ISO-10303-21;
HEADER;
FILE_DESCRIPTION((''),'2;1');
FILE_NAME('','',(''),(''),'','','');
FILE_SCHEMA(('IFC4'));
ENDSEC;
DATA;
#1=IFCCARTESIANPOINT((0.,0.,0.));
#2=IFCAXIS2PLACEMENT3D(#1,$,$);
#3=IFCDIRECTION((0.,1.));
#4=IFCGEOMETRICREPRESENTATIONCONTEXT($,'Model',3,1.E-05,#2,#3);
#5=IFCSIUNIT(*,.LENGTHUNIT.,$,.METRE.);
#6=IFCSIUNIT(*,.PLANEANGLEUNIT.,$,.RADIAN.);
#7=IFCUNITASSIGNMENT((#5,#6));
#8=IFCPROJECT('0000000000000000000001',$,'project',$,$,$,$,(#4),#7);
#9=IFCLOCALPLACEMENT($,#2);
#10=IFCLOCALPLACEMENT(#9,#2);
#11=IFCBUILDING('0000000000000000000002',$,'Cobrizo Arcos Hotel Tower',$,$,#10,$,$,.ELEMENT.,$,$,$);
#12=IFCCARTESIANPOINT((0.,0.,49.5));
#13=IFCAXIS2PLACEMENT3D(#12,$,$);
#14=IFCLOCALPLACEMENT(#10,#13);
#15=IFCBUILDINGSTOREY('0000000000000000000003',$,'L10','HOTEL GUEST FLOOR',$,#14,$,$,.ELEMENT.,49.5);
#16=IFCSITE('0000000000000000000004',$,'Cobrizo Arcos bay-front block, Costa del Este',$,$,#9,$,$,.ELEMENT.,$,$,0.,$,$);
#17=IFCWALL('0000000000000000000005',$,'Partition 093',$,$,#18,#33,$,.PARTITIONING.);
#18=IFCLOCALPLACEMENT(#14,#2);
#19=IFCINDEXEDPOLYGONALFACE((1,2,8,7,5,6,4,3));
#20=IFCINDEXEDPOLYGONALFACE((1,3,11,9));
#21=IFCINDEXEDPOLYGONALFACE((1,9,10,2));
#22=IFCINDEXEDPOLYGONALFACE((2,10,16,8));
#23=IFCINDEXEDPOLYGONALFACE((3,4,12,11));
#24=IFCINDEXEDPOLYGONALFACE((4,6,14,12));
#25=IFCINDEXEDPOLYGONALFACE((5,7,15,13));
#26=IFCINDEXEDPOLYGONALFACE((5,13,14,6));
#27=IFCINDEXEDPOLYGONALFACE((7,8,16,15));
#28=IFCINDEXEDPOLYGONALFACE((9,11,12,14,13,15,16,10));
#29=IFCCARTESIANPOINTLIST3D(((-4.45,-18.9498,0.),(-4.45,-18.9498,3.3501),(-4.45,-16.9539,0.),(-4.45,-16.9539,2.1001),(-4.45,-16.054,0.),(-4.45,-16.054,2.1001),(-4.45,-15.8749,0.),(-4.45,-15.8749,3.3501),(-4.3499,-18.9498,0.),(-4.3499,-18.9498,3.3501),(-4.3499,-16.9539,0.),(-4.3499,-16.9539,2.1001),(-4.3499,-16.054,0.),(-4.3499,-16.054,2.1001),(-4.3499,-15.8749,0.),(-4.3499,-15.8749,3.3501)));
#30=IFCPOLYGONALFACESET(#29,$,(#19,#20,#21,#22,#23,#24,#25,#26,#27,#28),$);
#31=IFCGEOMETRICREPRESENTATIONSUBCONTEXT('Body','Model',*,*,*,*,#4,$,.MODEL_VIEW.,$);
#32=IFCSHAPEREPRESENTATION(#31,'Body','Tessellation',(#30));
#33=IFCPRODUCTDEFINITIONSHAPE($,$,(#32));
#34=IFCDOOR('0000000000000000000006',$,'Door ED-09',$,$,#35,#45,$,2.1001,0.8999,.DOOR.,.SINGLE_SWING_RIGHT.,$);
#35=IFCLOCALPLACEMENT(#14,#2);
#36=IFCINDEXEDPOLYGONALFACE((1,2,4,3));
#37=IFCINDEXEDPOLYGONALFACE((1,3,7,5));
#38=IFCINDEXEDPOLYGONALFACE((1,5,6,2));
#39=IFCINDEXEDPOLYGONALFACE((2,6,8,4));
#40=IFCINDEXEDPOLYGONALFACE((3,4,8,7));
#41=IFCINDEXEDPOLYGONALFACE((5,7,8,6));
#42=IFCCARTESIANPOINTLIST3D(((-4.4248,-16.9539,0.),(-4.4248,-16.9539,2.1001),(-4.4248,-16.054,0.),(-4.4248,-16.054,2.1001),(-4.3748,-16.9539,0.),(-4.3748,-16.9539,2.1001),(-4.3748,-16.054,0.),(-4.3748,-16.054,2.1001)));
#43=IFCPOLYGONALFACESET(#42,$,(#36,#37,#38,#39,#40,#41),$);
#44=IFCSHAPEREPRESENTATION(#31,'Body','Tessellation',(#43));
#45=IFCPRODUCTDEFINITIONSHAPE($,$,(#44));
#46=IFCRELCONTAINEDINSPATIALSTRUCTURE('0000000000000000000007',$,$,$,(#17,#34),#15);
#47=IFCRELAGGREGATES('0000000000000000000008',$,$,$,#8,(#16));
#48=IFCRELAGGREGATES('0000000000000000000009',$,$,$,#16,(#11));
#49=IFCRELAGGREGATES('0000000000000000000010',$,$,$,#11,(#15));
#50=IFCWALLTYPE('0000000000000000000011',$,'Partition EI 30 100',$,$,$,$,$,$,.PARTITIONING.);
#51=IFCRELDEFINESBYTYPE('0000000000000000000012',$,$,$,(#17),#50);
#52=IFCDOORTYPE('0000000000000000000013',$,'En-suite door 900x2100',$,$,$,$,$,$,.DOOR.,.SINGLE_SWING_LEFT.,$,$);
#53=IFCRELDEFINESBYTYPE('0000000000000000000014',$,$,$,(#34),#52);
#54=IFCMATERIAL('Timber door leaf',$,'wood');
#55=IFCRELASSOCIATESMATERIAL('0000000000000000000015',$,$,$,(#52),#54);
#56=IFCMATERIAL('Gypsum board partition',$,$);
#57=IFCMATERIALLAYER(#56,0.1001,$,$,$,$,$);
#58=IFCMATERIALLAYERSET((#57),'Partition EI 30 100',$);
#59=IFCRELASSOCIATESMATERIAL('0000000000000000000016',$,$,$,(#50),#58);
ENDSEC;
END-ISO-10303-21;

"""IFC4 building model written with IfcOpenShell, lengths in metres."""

from ifc_helpers import new_model, si_unit, direction, frame, frame_2d, origin, place, context, subcontext, project, spatial, rectangle, extrude, material, layer, layer_set, type_object, element, fill, save


model = new_model("IFC4")

# Units and contexts
model_context = context("Model", 3, precision=1e-05, world=origin(), true_north=direction((0.0, 1.0)))
body_context = subcontext(model_context, "Body", "Model", "MODEL_VIEW")
ifc_project = project(units=[si_unit("LENGTHUNIT", "METRE"), si_unit("PLANEANGLEUNIT", "RADIAN")], contexts=[model_context])

# Site, building, storey
site_placement = place(None, origin())
site = spatial("IfcSite", under=ifc_project, at=site_placement, Name="Cobrizo Arcos bay-front block, Costa del Este", CompositionType="ELEMENT", RefElevation=0.0)
building_placement = place(site_placement, origin())
building = spatial("IfcBuilding", under=site, at=building_placement, Name="Cobrizo Arcos Hotel Tower", CompositionType="ELEMENT")
storey_placement = place(building_placement, frame((0.0, 0.0, 49.5)))
storey = spatial("IfcBuildingStorey", under=building, at=storey_placement, Name="L10", Description="HOTEL GUEST FLOOR", CompositionType="ELEMENT", Elevation=49.5)

# Shared definitions
ifc_material_1 = material(Name="Gypsum board partition")
ifc_material_2 = material(Name="Timber door leaf", Category="wood")
door_type_1 = type_object("IfcDoorType", Name="En-suite door 900x2100", OperationType="SINGLE_SWING_LEFT", PredefinedType="DOOR", material=ifc_material_2)

# Shared definitions
ifc_layer_1 = layer(ifc_material_1, 0.1001)
ifc_layer_set_1 = layer_set([ifc_layer_1], Name="Partition EI 30 100")
wall_type_1 = type_object("IfcWallType", Name="Partition EI 30 100", PredefinedType="PARTITIONING", material=ifc_layer_set_1)

# Wall, opening, door
wall_1_placement = place(storey_placement, frame((-4.3999, -18.95, 0.0), z_axis=(0.0, 0.0, 1.0), x_axis=(0.0, 1.0, 0.0)))
wall_1 = element("IfcWall", 1, at=wall_1_placement, inside=storey, type_object=wall_type_1, Name="Partition 093", PredefinedType="PARTITIONING", context=body_context, shape_type="SweptSolid", body=[
    extrude(rectangle(XDim=3.075, YDim=0.1001, at=frame_2d((1.5376, 0.0))), origin(), (0.0, 0.0, 1.0), 3.3501),
])
opening_1_placement = place(wall_1_placement, frame((1.9961, 0.0, 0.0)))
opening_1 = element("IfcOpeningElement", 2, at=opening_1_placement, cuts=wall_1, PredefinedType="OPENING", context=body_context, shape_type="SweptSolid", body=[
    extrude(rectangle(XDim=0.8999, YDim=2.1001, at=frame_2d((0.45, 1.05))), frame((0.0, 0.062, 0.0), z_axis=(0.0, -1.0, 0.0), x_axis=(1.0, 0.0, 0.0)), (0.0, 0.0, 1.0), 0.124),
])
door_1_placement = place(opening_1_placement, origin())
door_1 = element("IfcDoor", 3, at=door_1_placement, inside=storey, type_object=door_type_1, Name="Door ED-09", OperationType="SINGLE_SWING_RIGHT", OverallHeight=2.1001, OverallWidth=0.8999, PredefinedType="DOOR", context=body_context, shape_type="SweptSolid", body=[
    extrude(rectangle(XDim=0.8999, YDim=2.1001, at=frame_2d((0.45, 1.05))), frame((0.0, 0.0249, 0.0), z_axis=(0.0, -1.0, 0.0), x_axis=(1.0, 0.0, 0.0)), (0.0, 0.0, 1.0), 0.05),
])
fill(opening_1, door_1)

save(model, "model.ifc")
